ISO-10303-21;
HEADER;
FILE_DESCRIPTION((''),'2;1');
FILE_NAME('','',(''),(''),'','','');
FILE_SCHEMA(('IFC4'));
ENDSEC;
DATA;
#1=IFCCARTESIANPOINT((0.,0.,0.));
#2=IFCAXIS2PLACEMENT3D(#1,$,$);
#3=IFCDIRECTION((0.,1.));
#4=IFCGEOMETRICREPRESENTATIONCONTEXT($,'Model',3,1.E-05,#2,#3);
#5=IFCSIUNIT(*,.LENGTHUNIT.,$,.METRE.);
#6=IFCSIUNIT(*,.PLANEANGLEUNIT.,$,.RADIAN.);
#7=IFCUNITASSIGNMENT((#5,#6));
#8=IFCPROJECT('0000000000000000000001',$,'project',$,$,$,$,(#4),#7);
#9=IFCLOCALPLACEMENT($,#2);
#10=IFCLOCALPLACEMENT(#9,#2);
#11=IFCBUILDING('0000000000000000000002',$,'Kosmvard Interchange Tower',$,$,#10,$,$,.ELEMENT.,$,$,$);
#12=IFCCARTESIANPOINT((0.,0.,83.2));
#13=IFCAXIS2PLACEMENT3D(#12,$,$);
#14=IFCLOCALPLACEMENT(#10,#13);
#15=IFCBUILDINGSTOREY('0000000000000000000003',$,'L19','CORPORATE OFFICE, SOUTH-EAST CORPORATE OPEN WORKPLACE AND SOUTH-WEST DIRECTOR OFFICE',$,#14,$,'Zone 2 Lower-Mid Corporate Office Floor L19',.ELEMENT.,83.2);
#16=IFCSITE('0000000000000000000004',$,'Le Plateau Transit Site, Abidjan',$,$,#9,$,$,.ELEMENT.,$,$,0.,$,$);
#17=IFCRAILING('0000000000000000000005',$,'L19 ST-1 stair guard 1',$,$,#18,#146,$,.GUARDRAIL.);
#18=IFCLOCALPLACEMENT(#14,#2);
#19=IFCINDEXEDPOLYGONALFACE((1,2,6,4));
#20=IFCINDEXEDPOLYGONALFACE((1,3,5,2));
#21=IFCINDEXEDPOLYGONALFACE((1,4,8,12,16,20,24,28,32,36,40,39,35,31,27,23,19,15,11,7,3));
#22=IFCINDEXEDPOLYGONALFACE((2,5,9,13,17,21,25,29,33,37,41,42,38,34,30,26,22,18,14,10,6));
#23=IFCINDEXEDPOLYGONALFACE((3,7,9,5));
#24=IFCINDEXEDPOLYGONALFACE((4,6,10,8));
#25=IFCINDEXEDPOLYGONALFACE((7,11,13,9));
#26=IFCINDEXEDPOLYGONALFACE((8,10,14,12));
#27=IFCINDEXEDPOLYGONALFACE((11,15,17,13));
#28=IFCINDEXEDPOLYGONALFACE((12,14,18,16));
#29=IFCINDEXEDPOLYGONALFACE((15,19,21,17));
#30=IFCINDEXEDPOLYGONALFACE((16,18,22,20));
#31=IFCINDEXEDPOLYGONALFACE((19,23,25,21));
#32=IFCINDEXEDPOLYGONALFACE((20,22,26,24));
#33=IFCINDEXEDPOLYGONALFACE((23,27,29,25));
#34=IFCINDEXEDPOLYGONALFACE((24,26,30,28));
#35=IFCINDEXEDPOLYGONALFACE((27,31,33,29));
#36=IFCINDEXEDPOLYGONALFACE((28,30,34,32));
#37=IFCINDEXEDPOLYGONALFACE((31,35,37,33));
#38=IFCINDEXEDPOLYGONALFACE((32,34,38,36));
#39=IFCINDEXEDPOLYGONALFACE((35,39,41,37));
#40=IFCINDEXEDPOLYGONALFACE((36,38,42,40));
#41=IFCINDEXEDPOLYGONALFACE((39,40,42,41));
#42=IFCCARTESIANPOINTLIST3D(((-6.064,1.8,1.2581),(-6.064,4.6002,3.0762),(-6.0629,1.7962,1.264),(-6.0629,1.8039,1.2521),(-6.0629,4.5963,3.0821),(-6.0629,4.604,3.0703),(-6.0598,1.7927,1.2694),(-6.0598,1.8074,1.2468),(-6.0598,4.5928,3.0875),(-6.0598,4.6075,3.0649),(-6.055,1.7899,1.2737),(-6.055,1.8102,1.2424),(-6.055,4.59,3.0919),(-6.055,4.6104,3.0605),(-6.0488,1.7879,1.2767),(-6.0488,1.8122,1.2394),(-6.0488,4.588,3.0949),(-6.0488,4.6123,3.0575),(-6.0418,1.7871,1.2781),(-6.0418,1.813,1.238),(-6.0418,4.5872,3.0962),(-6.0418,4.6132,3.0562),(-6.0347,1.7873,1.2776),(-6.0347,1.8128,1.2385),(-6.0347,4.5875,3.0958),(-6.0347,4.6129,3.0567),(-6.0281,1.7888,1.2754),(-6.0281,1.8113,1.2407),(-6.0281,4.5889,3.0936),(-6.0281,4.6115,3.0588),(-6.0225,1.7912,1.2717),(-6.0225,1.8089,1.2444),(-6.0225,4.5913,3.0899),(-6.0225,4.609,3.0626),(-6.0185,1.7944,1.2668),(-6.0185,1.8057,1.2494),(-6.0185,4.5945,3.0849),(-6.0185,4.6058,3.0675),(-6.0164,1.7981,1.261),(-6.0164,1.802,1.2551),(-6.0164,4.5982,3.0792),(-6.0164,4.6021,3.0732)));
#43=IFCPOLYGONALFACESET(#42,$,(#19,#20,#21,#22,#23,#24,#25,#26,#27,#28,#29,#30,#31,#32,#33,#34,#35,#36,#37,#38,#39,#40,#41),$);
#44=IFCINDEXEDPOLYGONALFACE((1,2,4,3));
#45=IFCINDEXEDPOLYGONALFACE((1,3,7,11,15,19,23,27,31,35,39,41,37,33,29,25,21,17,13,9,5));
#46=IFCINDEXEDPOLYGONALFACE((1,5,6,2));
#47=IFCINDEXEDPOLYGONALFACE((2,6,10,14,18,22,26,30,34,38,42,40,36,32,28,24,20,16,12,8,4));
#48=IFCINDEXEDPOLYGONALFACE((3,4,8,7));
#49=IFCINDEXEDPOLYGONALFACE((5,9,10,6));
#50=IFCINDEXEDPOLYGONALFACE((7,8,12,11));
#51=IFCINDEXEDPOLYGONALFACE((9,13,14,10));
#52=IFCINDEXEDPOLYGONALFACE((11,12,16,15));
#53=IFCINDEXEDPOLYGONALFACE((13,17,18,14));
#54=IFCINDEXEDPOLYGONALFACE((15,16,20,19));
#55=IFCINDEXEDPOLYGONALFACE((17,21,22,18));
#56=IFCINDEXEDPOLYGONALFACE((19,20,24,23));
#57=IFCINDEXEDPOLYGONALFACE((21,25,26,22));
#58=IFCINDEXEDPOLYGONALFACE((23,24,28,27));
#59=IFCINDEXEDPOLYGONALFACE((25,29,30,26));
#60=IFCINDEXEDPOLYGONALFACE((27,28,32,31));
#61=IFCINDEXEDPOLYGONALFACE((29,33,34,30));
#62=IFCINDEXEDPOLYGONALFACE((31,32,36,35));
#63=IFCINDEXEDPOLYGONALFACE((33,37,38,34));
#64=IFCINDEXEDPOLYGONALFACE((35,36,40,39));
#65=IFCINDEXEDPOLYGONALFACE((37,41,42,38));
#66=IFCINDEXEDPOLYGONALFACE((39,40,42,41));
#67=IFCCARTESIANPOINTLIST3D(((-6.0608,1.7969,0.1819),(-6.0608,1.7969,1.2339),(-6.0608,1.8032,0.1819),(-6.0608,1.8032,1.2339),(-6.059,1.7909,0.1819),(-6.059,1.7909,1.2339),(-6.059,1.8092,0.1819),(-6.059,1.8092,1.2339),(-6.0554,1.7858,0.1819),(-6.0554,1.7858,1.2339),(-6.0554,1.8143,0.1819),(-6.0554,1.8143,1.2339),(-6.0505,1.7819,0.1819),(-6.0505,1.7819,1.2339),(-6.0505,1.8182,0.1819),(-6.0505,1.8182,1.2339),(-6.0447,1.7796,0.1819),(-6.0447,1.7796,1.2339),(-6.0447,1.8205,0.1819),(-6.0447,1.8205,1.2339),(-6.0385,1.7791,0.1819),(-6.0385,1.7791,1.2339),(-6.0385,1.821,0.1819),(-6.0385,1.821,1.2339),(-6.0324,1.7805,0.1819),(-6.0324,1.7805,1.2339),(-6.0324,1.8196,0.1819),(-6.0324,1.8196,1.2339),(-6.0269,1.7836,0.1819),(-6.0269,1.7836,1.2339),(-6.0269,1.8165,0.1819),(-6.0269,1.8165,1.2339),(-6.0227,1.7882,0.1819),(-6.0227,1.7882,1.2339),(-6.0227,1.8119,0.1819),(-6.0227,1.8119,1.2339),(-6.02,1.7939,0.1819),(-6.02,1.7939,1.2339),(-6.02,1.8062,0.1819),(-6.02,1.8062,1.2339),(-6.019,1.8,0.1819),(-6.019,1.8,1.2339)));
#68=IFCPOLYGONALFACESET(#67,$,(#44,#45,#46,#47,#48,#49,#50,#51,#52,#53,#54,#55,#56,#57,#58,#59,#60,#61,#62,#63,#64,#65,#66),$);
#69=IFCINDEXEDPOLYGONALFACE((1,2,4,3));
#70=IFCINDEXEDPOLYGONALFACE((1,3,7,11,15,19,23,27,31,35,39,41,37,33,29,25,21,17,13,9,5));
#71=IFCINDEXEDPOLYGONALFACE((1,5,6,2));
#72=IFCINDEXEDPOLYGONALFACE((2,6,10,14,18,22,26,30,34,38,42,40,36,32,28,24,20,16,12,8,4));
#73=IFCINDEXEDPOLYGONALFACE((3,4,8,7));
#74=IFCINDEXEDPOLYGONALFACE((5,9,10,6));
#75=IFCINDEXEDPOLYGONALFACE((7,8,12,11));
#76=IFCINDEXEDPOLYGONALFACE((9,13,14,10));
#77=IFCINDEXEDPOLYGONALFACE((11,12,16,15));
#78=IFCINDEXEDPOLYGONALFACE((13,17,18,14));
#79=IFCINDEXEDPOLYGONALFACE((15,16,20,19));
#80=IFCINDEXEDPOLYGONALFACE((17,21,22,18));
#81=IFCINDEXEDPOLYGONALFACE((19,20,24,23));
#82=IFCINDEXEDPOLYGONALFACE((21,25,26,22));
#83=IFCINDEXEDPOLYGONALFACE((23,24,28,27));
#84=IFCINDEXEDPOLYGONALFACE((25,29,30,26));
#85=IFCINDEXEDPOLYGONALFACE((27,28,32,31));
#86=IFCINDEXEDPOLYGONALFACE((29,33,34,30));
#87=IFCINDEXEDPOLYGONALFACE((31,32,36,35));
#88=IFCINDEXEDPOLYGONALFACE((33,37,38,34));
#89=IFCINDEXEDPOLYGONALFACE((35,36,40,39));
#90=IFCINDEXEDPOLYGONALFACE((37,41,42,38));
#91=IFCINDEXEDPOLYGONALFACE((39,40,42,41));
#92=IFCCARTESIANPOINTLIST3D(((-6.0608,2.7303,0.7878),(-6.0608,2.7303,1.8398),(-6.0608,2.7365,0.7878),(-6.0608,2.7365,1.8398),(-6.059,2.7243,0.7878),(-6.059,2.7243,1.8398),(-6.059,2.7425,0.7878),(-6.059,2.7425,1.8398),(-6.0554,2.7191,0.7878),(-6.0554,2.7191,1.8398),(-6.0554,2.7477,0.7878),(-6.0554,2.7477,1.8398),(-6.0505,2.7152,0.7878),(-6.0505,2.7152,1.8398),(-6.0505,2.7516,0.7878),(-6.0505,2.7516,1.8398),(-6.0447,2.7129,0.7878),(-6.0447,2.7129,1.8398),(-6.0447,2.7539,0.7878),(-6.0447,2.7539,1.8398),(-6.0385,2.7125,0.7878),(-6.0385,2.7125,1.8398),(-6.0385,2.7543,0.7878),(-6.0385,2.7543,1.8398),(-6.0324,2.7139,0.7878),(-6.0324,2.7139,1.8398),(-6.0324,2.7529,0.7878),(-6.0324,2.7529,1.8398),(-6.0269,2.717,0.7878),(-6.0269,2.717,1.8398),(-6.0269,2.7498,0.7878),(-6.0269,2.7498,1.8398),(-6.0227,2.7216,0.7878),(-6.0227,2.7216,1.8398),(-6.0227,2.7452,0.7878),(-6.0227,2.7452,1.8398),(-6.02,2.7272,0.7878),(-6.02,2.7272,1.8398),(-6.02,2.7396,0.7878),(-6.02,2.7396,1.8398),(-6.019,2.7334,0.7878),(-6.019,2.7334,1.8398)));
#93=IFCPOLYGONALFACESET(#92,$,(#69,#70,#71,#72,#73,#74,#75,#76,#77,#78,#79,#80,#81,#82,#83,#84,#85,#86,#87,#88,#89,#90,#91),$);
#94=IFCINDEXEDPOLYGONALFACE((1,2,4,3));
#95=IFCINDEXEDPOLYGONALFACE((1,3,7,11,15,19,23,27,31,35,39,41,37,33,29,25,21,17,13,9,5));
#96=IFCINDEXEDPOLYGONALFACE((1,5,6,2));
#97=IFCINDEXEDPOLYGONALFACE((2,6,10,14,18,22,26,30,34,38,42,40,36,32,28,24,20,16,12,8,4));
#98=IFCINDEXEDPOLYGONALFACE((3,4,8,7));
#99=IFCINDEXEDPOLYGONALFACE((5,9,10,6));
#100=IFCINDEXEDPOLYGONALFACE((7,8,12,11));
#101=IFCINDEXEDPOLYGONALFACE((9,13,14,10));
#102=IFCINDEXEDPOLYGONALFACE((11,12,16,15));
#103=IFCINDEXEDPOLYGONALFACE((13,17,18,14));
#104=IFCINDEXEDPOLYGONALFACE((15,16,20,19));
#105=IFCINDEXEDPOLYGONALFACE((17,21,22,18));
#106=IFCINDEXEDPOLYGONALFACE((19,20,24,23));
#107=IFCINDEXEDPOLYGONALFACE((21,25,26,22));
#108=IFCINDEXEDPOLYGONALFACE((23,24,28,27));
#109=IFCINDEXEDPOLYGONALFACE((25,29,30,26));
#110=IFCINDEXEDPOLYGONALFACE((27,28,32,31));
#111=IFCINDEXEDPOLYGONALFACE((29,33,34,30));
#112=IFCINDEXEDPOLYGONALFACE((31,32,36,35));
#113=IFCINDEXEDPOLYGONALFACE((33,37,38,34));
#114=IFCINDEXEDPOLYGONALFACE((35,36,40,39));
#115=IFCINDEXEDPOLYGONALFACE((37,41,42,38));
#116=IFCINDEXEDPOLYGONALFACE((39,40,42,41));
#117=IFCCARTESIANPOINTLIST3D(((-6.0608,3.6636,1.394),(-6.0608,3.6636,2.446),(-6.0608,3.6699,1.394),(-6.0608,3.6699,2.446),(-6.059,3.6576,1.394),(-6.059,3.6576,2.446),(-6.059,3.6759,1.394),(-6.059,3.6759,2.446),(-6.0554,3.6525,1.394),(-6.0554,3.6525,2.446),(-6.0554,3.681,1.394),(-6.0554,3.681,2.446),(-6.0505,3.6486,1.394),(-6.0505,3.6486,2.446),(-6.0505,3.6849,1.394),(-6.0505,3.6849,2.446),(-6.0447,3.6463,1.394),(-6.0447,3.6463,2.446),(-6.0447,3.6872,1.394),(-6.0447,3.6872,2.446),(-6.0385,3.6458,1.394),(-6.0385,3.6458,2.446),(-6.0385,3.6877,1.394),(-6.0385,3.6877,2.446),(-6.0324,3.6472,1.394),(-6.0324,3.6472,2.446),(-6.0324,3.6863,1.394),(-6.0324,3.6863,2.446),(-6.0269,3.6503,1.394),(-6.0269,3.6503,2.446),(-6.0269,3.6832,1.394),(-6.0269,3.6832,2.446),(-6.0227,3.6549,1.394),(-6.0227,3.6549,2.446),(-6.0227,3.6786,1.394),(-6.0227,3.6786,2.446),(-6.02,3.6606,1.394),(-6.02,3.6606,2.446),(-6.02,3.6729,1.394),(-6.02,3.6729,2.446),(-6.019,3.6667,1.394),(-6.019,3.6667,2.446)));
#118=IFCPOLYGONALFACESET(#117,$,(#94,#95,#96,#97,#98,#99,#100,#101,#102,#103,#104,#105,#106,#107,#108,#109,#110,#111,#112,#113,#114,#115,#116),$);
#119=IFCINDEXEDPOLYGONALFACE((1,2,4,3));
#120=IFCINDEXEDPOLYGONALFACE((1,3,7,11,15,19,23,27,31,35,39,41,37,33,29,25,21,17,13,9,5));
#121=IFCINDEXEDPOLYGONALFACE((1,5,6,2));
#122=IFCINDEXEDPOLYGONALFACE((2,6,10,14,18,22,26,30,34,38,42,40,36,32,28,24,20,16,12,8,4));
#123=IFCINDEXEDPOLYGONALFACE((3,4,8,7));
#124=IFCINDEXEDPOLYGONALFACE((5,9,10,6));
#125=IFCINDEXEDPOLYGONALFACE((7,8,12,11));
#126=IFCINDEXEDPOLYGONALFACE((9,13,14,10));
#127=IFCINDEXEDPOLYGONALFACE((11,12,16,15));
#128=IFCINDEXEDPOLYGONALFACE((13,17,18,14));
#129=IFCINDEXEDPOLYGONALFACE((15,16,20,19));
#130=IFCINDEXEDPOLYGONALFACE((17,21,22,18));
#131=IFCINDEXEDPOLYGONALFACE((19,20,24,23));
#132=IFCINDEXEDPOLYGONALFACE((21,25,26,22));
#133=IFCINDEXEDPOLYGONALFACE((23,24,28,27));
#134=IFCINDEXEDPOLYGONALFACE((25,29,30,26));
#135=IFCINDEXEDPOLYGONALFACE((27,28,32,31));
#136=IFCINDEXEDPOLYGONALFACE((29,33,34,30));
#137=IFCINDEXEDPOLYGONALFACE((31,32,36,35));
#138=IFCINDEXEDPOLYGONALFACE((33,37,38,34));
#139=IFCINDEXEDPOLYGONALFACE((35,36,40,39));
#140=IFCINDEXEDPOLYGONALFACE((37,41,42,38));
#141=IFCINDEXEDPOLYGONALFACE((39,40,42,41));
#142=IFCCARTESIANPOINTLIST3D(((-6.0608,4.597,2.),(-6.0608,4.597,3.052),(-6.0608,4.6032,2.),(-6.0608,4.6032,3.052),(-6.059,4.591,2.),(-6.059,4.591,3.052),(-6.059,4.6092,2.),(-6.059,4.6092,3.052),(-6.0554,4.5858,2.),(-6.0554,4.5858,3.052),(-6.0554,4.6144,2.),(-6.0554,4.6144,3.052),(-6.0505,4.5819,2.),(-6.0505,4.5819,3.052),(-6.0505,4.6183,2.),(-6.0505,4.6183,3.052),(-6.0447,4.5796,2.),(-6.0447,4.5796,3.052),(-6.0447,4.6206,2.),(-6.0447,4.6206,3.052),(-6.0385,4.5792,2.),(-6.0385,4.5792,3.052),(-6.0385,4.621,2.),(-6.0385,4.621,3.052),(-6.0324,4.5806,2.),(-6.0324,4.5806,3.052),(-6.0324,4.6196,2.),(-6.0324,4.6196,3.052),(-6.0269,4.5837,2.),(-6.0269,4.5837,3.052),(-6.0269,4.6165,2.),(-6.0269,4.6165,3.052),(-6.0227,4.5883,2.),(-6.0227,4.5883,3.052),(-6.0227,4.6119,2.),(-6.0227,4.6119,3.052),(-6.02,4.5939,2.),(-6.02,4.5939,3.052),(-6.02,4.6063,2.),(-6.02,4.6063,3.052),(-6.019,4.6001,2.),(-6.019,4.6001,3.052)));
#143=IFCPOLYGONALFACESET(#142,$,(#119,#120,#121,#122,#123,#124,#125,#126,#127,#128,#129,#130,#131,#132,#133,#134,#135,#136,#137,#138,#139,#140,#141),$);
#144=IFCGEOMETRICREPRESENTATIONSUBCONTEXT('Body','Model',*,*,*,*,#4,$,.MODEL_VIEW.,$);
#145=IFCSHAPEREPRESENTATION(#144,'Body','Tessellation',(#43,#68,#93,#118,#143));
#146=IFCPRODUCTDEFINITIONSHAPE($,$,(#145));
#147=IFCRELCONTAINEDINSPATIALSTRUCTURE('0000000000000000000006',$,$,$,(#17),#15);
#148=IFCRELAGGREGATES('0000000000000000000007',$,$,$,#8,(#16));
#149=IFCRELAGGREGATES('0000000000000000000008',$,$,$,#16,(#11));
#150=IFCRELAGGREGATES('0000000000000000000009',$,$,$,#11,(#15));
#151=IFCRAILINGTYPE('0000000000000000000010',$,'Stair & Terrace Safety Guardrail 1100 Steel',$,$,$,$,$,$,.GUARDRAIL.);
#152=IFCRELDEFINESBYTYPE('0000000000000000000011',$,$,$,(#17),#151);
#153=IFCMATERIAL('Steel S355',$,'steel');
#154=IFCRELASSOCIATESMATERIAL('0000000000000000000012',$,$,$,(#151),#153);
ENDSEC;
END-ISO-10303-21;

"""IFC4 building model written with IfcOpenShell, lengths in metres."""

from ifc_helpers import new_model, si_unit, direction, frame, origin, origin_2d, place, context, subcontext, project, spatial, circle, extrude, source, transform, mapped, material, type_object, element, save


model = new_model("IFC4")

# Units and contexts
model_context = context("Model", 3, precision=1e-05, world=origin(), true_north=direction((0.0, 1.0)))
body_context = subcontext(model_context, "Body", "Model", "MODEL_VIEW")
ifc_project = project(units=[si_unit("LENGTHUNIT", "METRE"), si_unit("PLANEANGLEUNIT", "RADIAN")], contexts=[model_context])

# Site, building, storey
site_placement = place(None, origin())
site = spatial("IfcSite", under=ifc_project, at=site_placement, Name="Le Plateau Transit Site, Abidjan", CompositionType="ELEMENT", RefElevation=0.0)
building_placement = place(site_placement, origin())
building = spatial("IfcBuilding", under=site, at=building_placement, Name="Kosmvard Interchange Tower", CompositionType="ELEMENT")
storey_placement = place(building_placement, frame((0.0, 0.0, 83.2)))
storey = spatial("IfcBuildingStorey", under=building, at=storey_placement, Name="L19", Description="CORPORATE OFFICE, SOUTH-EAST CORPORATE OPEN WORKPLACE AND SOUTH-WEST DIRECTOR OFFICE", LongName="Zone 2 Lower-Mid Corporate Office Floor L19", CompositionType="ELEMENT", Elevation=83.2)

# Railing
ifc_material_1 = material(Name="Steel S355", Category="steel")
railing_type_1 = type_object("IfcRailingType", Name="Stair & Terrace Safety Guardrail 1100 Steel", PredefinedType="GUARDRAIL", material=ifc_material_1)
shared_shape_1 = source(origin(), body_context, "Body", "SweptSolid", [
    extrude(circle(Radius=0.0239, at=origin_2d()), frame((0.0, 0.0, 1.0762), z_axis=(0.0, 0.838706, 0.544585), x_axis=(-1.0, 0.0, 0.0)), (0.0, 0.0, 1.0), 3.3386),
    extrude(circle(Radius=0.021, at=origin_2d()), origin(), (0.0, 0.0, 1.0), 1.052),
    extrude(circle(Radius=0.021, at=origin_2d()), frame((0.0, 0.9333, 0.606)), (0.0, 0.0, 1.0), 1.052),
    extrude(circle(Radius=0.021, at=origin_2d()), frame((0.0, 1.8667, 1.2122)), (0.0, 0.0, 1.0), 1.052),
    extrude(circle(Radius=0.021, at=origin_2d()), frame((0.0, 2.8, 1.8181)), (0.0, 0.0, 1.0), 1.052),
])
railing_1_placement = place(storey_placement, frame((-6.04, 1.8, 0.1819)))
element("IfcRailing", 1, at=railing_1_placement, inside=storey, type_object=railing_type_1, Name="L19 ST-1 stair guard 1", PredefinedType="GUARDRAIL", context=body_context, shape_type="MappedRepresentation", body=[
    mapped(shared_shape_1, transform((0.0, 0.0, 0.0), scale=1.0)),
])

save(model, "model.ifc")
